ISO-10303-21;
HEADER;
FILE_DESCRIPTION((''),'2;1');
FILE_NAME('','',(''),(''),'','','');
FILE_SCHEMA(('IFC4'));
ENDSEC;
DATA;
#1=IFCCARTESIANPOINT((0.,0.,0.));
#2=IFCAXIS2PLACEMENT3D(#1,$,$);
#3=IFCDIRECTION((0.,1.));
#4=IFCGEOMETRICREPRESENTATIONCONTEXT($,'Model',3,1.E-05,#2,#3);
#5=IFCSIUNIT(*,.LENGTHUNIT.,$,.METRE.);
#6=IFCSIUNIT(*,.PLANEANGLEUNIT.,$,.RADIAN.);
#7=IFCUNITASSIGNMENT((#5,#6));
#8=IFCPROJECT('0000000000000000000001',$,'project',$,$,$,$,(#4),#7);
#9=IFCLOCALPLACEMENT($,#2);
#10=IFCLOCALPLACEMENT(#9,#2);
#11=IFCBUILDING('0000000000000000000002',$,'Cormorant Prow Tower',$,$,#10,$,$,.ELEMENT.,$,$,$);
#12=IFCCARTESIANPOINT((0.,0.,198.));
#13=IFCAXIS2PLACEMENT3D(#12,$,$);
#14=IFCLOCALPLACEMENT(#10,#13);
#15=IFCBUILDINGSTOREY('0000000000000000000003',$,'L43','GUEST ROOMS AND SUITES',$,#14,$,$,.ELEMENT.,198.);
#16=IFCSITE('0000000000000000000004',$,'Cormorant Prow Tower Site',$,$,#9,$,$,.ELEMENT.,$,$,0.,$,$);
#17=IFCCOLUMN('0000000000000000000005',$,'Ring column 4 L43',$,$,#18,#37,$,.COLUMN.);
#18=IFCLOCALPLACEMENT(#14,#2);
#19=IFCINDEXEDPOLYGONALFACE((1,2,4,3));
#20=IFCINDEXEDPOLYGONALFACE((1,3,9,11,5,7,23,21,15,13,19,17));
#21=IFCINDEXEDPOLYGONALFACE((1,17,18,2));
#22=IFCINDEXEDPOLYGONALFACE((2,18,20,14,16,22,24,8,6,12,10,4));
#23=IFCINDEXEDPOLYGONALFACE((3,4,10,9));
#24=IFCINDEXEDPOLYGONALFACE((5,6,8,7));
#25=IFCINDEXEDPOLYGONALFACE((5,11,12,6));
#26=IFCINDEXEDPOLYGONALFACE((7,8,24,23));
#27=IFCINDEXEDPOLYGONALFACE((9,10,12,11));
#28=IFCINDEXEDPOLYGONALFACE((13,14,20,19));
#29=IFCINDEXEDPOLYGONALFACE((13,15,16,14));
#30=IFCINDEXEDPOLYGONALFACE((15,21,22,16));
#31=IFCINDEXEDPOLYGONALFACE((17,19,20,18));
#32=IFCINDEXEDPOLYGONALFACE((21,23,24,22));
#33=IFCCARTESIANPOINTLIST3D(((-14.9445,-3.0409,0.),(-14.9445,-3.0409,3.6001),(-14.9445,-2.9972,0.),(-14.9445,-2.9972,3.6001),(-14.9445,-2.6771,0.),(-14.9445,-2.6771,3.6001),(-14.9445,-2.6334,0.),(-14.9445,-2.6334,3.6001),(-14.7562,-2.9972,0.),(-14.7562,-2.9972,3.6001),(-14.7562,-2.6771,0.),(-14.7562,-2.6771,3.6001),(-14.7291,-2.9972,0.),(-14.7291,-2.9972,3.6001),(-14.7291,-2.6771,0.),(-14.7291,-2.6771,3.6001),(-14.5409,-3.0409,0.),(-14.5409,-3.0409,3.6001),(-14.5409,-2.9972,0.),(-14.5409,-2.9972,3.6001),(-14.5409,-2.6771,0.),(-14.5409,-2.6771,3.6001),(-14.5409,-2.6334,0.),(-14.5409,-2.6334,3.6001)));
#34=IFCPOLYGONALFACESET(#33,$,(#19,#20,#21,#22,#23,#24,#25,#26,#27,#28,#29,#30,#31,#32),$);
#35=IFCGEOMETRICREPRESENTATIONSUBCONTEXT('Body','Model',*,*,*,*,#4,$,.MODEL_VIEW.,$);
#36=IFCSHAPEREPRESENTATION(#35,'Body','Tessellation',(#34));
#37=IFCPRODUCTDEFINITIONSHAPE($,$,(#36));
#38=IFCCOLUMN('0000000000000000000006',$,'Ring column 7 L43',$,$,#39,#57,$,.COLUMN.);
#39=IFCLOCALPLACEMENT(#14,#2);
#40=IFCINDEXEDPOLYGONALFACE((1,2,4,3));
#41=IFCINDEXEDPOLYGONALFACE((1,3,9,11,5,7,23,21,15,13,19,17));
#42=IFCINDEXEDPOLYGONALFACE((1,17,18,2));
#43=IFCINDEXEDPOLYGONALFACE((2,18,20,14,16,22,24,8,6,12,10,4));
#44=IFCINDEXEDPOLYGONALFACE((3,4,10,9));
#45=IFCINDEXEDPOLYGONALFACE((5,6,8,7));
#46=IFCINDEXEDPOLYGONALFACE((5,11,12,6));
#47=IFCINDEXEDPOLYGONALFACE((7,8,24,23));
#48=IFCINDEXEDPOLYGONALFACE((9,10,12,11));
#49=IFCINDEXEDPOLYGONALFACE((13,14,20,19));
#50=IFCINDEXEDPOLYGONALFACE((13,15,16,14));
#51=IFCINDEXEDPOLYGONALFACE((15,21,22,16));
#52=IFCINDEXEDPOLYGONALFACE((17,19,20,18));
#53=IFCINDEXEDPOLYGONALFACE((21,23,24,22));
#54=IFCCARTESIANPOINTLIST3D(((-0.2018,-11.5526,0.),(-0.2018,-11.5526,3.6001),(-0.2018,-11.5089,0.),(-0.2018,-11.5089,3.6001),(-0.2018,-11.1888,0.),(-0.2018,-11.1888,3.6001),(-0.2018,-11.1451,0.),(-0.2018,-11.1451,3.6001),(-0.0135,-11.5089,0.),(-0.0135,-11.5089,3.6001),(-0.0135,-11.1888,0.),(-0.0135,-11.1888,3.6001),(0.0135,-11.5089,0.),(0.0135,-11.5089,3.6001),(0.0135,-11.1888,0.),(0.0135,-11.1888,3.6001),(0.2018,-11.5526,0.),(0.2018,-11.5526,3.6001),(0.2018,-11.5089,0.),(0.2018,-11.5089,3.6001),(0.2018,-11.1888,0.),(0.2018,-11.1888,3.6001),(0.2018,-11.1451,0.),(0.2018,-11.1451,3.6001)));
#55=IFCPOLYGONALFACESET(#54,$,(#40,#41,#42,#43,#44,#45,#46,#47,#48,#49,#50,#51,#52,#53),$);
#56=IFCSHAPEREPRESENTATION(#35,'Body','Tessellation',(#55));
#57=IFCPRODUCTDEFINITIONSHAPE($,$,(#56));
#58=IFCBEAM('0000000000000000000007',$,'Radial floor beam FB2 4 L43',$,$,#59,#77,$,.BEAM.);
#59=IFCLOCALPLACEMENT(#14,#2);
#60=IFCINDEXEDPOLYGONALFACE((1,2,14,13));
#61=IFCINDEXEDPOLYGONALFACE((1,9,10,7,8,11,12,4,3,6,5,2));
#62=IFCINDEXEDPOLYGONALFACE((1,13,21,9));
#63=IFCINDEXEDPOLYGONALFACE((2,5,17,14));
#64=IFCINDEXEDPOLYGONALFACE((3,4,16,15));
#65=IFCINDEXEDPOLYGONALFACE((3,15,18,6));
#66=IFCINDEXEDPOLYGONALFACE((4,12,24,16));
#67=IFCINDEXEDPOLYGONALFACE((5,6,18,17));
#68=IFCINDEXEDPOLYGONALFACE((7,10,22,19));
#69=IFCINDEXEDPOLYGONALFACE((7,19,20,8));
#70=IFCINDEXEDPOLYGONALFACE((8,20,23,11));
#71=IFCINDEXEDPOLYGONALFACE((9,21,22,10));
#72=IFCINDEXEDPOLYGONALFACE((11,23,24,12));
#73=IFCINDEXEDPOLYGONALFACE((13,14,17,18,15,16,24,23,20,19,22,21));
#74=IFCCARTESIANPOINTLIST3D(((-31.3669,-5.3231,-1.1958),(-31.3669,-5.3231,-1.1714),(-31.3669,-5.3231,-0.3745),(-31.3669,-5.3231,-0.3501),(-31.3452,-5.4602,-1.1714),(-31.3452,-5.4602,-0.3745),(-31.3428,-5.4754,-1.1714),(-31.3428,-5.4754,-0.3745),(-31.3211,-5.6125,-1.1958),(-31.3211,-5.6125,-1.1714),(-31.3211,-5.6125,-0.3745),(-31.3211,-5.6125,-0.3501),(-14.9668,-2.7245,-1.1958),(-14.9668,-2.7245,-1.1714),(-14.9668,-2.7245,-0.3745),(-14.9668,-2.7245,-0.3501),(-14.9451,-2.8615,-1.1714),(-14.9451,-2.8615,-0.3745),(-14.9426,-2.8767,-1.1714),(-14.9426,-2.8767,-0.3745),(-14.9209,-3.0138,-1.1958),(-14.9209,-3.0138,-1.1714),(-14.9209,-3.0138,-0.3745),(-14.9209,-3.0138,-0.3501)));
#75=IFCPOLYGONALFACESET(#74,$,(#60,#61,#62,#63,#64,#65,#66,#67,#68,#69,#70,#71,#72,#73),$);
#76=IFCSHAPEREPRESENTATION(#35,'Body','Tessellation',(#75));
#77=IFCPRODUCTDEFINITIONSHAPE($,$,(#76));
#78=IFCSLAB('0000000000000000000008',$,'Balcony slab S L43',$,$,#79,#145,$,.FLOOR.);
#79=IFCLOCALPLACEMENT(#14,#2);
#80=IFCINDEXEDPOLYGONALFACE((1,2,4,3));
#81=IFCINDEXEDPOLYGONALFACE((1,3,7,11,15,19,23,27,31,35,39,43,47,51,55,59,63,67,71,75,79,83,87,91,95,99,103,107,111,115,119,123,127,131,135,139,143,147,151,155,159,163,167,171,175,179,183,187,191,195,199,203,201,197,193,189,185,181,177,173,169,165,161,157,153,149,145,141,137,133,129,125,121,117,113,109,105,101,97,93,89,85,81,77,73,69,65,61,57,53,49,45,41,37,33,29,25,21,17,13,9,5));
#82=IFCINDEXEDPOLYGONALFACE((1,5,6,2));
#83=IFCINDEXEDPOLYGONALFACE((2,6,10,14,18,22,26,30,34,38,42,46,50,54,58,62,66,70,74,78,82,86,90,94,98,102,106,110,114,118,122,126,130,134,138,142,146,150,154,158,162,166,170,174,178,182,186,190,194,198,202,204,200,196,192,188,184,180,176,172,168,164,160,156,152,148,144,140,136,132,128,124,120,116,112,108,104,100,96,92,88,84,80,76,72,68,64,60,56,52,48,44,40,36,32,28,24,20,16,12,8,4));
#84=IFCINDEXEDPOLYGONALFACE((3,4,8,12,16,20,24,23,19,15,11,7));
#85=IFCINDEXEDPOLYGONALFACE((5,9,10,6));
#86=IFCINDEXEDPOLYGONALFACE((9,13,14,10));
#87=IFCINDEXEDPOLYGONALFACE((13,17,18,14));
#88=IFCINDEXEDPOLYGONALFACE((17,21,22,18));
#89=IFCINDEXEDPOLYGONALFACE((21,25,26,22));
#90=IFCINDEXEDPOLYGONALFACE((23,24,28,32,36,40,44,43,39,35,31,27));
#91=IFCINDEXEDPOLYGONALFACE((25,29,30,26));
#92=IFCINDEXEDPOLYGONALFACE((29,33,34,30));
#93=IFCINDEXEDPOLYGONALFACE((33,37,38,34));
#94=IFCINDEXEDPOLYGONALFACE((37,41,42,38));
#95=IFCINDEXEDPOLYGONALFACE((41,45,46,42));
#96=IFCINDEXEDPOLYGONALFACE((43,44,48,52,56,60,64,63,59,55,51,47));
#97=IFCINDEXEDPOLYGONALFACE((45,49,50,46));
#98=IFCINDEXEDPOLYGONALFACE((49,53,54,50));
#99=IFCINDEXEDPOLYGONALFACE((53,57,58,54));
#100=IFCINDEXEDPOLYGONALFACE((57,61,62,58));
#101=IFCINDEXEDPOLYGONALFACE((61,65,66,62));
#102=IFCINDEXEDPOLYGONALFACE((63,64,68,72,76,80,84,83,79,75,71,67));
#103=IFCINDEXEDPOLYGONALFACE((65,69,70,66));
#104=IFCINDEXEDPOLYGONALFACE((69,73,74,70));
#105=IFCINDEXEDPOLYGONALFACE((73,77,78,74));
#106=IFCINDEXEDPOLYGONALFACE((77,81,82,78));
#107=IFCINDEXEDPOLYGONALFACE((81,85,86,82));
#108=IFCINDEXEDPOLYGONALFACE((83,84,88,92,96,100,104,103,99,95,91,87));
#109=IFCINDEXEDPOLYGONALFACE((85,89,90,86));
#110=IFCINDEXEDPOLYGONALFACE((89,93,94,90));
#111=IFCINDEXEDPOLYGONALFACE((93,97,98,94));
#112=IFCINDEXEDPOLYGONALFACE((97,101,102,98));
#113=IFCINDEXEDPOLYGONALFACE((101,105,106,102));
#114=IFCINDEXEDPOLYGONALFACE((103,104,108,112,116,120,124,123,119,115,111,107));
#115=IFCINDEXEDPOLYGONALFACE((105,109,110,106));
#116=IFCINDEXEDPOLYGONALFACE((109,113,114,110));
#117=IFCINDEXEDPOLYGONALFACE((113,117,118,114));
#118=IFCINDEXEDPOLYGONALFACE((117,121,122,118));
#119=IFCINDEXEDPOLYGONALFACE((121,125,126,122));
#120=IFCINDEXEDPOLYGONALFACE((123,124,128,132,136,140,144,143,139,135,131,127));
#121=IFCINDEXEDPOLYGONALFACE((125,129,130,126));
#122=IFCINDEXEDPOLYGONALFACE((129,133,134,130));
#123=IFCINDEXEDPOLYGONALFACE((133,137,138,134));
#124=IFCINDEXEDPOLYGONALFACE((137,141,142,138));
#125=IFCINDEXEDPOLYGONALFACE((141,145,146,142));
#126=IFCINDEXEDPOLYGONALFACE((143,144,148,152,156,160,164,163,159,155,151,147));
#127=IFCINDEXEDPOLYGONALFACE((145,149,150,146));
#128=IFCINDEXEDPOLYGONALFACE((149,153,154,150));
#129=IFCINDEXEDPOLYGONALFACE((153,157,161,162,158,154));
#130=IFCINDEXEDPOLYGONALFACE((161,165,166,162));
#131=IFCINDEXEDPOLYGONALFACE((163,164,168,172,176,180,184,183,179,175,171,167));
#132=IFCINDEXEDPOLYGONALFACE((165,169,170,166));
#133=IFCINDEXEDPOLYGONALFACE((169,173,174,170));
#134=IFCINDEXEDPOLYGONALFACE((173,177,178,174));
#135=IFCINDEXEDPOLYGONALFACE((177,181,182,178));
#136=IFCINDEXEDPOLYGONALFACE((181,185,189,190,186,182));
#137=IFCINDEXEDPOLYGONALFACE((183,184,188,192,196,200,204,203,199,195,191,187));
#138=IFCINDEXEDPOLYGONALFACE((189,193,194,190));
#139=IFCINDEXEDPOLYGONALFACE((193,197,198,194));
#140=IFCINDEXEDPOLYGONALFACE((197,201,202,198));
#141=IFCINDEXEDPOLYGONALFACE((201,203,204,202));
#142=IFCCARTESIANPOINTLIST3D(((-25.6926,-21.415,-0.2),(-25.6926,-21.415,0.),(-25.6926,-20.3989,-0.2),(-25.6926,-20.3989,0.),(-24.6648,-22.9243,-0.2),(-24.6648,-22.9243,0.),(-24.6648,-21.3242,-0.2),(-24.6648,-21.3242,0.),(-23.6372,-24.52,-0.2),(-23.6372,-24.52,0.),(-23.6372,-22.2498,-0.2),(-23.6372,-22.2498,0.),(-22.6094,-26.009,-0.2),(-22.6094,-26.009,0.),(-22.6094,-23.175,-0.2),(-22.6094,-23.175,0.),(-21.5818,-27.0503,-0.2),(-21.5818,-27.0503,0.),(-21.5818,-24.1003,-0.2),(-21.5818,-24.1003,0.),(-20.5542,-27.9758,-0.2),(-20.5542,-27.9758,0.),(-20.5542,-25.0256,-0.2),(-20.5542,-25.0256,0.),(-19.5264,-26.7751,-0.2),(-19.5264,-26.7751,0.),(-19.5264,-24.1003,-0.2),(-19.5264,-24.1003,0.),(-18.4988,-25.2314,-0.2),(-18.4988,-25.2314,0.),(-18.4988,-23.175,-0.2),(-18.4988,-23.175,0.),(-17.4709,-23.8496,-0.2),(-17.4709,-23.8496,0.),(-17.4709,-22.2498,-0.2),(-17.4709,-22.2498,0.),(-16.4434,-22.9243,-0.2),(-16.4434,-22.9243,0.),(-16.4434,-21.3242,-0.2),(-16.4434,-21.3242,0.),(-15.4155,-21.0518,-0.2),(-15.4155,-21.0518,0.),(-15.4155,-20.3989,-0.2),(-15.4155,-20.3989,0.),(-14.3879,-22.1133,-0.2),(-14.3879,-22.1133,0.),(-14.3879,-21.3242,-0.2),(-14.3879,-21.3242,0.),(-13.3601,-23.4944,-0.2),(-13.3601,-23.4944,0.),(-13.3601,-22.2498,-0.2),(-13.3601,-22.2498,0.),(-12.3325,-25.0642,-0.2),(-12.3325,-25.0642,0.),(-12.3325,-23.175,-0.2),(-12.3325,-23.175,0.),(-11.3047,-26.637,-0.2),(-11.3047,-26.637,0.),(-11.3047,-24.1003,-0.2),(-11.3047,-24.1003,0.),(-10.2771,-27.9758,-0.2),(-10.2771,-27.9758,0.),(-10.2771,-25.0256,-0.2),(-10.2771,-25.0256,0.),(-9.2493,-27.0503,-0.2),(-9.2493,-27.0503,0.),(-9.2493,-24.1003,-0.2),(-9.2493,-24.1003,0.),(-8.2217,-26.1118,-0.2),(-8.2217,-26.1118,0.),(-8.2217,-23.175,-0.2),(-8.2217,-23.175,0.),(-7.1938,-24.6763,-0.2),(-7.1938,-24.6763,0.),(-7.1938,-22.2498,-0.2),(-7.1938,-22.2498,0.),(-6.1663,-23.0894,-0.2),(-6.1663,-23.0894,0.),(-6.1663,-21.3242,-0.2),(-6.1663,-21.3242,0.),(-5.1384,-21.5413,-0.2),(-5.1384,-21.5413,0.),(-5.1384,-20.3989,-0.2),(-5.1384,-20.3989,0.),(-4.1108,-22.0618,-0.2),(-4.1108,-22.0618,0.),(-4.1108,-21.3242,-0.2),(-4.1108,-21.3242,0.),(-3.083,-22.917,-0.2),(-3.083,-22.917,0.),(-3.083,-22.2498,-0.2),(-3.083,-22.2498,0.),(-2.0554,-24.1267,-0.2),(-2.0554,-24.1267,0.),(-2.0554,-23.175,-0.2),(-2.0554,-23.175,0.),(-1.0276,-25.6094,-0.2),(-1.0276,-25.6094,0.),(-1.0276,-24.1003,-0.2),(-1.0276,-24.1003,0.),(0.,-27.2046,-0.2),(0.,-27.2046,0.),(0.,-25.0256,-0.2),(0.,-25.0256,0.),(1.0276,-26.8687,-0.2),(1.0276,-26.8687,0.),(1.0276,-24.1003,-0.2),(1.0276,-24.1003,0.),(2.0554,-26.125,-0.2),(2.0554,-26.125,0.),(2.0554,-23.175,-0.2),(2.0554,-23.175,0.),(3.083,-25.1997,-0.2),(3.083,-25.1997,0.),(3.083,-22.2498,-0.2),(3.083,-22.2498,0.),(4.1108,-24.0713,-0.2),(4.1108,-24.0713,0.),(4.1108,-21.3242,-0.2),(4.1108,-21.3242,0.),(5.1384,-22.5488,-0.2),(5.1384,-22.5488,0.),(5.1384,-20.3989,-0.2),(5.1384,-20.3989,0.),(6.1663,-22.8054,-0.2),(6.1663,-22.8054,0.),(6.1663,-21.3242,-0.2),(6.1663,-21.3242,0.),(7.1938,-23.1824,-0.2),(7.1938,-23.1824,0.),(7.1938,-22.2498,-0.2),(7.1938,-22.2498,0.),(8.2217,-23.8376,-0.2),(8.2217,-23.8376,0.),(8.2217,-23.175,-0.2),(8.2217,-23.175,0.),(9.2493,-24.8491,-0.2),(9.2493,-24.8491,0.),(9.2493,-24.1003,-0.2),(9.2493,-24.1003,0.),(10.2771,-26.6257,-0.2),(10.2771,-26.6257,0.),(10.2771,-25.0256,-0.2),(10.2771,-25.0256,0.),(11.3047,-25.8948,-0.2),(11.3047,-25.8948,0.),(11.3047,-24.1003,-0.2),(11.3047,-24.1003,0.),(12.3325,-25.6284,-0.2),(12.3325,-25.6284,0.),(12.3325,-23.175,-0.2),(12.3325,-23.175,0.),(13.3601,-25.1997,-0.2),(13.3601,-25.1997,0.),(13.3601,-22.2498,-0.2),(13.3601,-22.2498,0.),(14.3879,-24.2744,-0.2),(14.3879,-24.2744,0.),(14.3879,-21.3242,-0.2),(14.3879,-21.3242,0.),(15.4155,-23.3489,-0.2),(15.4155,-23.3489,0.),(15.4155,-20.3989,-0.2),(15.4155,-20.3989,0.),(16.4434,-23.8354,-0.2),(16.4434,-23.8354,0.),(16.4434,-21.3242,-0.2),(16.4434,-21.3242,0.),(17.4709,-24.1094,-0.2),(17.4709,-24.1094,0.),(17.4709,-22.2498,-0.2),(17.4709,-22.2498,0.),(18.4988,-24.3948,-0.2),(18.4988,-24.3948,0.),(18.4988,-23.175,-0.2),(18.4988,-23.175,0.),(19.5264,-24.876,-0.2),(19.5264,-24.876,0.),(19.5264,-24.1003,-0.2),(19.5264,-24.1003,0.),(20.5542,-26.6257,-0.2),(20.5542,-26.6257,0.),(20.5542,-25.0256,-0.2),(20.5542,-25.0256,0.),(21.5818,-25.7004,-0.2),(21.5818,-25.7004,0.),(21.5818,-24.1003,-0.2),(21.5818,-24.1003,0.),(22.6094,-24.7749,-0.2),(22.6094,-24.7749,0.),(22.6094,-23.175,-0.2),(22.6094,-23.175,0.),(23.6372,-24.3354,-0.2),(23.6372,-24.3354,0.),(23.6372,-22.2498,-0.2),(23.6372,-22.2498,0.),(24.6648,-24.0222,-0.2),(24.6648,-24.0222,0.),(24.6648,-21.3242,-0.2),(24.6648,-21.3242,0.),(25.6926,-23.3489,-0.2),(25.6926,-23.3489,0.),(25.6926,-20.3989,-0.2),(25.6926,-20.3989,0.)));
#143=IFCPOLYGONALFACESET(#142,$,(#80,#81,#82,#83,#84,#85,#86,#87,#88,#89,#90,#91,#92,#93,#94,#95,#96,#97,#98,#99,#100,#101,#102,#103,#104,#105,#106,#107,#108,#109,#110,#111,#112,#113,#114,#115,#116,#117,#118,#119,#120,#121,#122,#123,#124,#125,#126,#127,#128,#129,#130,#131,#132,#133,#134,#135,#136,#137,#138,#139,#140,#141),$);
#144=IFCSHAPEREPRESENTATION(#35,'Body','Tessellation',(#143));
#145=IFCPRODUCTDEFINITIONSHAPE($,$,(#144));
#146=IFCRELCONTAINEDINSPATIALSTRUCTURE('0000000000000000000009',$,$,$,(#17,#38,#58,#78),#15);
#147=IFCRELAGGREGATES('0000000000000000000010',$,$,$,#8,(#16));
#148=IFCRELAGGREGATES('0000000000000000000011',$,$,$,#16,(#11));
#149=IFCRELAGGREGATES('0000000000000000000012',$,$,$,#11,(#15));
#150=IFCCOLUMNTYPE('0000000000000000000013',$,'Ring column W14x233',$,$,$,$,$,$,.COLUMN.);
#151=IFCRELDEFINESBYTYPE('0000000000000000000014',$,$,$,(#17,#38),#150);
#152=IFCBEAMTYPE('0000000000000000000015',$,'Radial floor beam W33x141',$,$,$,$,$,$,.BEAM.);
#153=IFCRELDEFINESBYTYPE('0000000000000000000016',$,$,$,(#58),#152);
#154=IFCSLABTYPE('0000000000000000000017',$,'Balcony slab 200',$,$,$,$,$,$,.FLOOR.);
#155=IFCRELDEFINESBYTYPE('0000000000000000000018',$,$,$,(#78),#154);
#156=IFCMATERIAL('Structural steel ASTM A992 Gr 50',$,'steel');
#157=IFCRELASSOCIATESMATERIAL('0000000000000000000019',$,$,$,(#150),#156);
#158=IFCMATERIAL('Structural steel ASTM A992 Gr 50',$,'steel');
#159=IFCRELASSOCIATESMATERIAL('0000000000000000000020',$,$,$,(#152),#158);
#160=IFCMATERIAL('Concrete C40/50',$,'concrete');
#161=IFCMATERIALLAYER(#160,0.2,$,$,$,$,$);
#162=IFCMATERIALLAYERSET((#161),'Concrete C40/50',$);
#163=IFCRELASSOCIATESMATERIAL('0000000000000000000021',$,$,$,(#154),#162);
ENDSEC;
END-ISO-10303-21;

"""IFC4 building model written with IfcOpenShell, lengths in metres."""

from ifc_helpers import new_model, si_unit, direction, frame, origin, origin_2d, place, context, subcontext, project, spatial, polyline, i_section, outline, extrude, material, layer, layer_set, material_profile, profile_set, type_object, element, save


model = new_model("IFC4")

# Units and contexts
model_context = context("Model", 3, precision=1e-05, world=origin(), true_north=direction((0.0, 1.0)))
body_context = subcontext(model_context, "Body", "Model", "MODEL_VIEW")
ifc_project = project(units=[si_unit("LENGTHUNIT", "METRE"), si_unit("PLANEANGLEUNIT", "RADIAN")], contexts=[model_context])

# Site, building, storey
site_placement = place(None, origin())
site = spatial("IfcSite", under=ifc_project, at=site_placement, Name="Cormorant Prow Tower Site", CompositionType="ELEMENT", RefElevation=0.0)
building_placement = place(site_placement, origin())
building = spatial("IfcBuilding", under=site, at=building_placement, Name="Cormorant Prow Tower", CompositionType="ELEMENT")
storey_placement = place(building_placement, frame((0.0, 0.0, 198.0)))
storey = spatial("IfcBuildingStorey", under=building, at=storey_placement, Name="L43", Description="GUEST ROOMS AND SUITES", CompositionType="ELEMENT", Elevation=198.0)

# Columns
ifc_material_1 = material(Name="Structural steel ASTM A992 Gr 50", Category="steel")
ifc_material_profile_1 = material_profile(ifc_material_1, i_section(OverallWidth=0.4036, OverallDepth=0.4075, WebThickness=0.0271, FlangeThickness=0.0437, at=origin_2d()), Name="W14x233")
ifc_profile_set_1 = profile_set([ifc_material_profile_1], Name="Structural steel ASTM A992 Gr 50")
column_type = type_object("IfcColumnType", Name="Ring column W14x233", PredefinedType="COLUMN", material=ifc_profile_set_1)
for number, where, z_axis, x_axis, name in (
    (1, (-14.7427, -2.8372, 0.0), (0.0, 0.0, 1.0), (1.0, 0.0, 0.0), "Ring column 4 L43"),
    (2, (0.0, -11.3489, 0.0), (0.0, 0.0, 1.0), (1.0, 0.0, 0.0), "Ring column 7 L43"),
):
    element("IfcColumn", number, at=place(storey_placement, frame(where, z_axis=z_axis, x_axis=x_axis)), inside=storey, type_object=column_type, Name=name, PredefinedType="COLUMN", context=body_context, shape_type="SweptSolid", body=[
        extrude(i_section(OverallWidth=0.4036, OverallDepth=0.4075, WebThickness=0.0271, FlangeThickness=0.0437, at=origin_2d()), origin(), (0.0, 0.0, 1.0), 3.6001),
    ])

# Beam
ifc_material_2 = material(Name="Structural steel ASTM A992 Gr 50", Category="steel")
ifc_material_profile_2 = material_profile(ifc_material_2, i_section(OverallWidth=0.293, OverallDepth=0.8457, WebThickness=0.0154, FlangeThickness=0.0244, at=origin_2d()), Name="W33x141")
ifc_profile_set_2 = profile_set([ifc_material_profile_2], Name="Structural steel ASTM A992 Gr 50")
beam_type = type_object("IfcBeamType", Name="Radial floor beam W33x141", PredefinedType="BEAM", material=ifc_profile_set_2)
beam_placement = place(storey_placement, frame((-14.9438, -2.8691, -0.7729), z_axis=(-0.987678, -0.156499, 0.0), x_axis=(0.156499, -0.987678, 0.0)))
element("IfcBeam", 3, at=beam_placement, inside=storey, type_object=beam_type, Name="Radial floor beam FB2 4 L43", PredefinedType="BEAM", context=body_context, shape_type="SweptSolid", body=[
    extrude(i_section(OverallWidth=0.293, OverallDepth=0.8457, WebThickness=0.0154, FlangeThickness=0.0244, at=origin_2d()), origin(), (0.0, 0.0, 1.0), 16.6047),
])

# Slab
ifc_material_3 = material(Name="Concrete C40/50", Category="concrete")
ifc_layer_1 = layer(ifc_material_3, 0.2)
ifc_layer_set_1 = layer_set([ifc_layer_1], Name="Concrete C40/50")
slab_type_1 = type_object("IfcSlabType", Name="Balcony slab 200", PredefinedType="FLOOR", material=ifc_layer_set_1)
slab_1_placement = place(storey_placement, frame((0.0, 0.0, -0.2)))
element("IfcSlab", 4, at=slab_1_placement, inside=storey, type_object=slab_type_1, Name="Balcony slab S L43", PredefinedType="FLOOR", context=body_context, shape_type="SweptSolid", body=[
    extrude(outline(polyline([(-25.6926, -20.3989), (-25.6926, -21.415), (-24.6648, -22.9243), (-23.6372, -24.52), (-22.6094, -26.009), (-21.5818, -27.0503), (-20.5542, -27.9758), (-19.5264, -26.7751), (-18.4988, -25.2314), (-17.4709, -23.8496), (-16.4434, -22.9243), (-15.4155, -21.0518), (-14.3879, -22.1133), (-13.3601, -23.4944), (-12.3325, -25.0642), (-11.3047, -26.637), (-10.2771, -27.9758), (-9.2493, -27.0503), (-8.2217, -26.1118), (-7.1938, -24.6763), (-6.1663, -23.0894), (-5.1384, -21.5413), (-4.1108, -22.0618), (-3.083, -22.917), (-2.0554, -24.1267), (-1.0276, -25.6094), (0.0, -27.2046), (1.0276, -26.8687), (2.0554, -26.125), (3.083, -25.1997), (4.1108, -24.0713), (5.1384, -22.5488), (6.1663, -22.8054), (7.1938, -23.1824), (8.2217, -23.8376), (9.2493, -24.8491), (10.2771, -26.6257), (11.3047, -25.8948), (12.3325, -25.6284), (13.3601, -25.1997), (14.3879, -24.2744), (15.4155, -23.3489), (16.4434, -23.8354), (17.4709, -24.1094), (18.4988, -24.3948), (19.5264, -24.876), (20.5542, -26.6257), (21.5818, -25.7004), (22.6094, -24.7749), (23.6372, -24.3354), (24.6648, -24.0222), (25.6926, -23.3489), (25.6926, -20.3989), (24.6648, -21.3242), (23.6372, -22.2498), (22.6094, -23.175), (21.5818, -24.1003), (20.5542, -25.0256), (19.5264, -24.1003), (18.4988, -23.175), (17.4709, -22.2498), (16.4434, -21.3242), (15.4155, -20.3989), (14.3879, -21.3242), (13.3601, -22.2498), (12.3325, -23.175), (11.3047, -24.1003), (10.2771, -25.0256), (9.2493, -24.1003), (8.2217, -23.175), (7.1938, -22.2498), (6.1663, -21.3242), (5.1384, -20.3989), (4.1108, -21.3242), (3.083, -22.2498), (2.0554, -23.175), (1.0276, -24.1003), (0.0, -25.0256), (-1.0276, -24.1003), (-2.0554, -23.175), (-3.083, -22.2498), (-4.1108, -21.3242), (-5.1384, -20.3989), (-6.1663, -21.3242), (-7.1938, -22.2498), (-8.2217, -23.175), (-9.2493, -24.1003), (-10.2771, -25.0256), (-11.3047, -24.1003), (-12.3325, -23.175), (-13.3601, -22.2498), (-14.3879, -21.3242), (-15.4155, -20.3989), (-16.4434, -21.3242), (-17.4709, -22.2498), (-18.4988, -23.175), (-19.5264, -24.1003), (-20.5542, -25.0256), (-21.5818, -24.1003), (-22.6094, -23.175), (-23.6372, -22.2498), (-24.6648, -21.3242), (-25.6926, -20.3989)])), origin(), (0.0, 0.0, 1.0), 0.2),
])

save(model, "model.ifc")
